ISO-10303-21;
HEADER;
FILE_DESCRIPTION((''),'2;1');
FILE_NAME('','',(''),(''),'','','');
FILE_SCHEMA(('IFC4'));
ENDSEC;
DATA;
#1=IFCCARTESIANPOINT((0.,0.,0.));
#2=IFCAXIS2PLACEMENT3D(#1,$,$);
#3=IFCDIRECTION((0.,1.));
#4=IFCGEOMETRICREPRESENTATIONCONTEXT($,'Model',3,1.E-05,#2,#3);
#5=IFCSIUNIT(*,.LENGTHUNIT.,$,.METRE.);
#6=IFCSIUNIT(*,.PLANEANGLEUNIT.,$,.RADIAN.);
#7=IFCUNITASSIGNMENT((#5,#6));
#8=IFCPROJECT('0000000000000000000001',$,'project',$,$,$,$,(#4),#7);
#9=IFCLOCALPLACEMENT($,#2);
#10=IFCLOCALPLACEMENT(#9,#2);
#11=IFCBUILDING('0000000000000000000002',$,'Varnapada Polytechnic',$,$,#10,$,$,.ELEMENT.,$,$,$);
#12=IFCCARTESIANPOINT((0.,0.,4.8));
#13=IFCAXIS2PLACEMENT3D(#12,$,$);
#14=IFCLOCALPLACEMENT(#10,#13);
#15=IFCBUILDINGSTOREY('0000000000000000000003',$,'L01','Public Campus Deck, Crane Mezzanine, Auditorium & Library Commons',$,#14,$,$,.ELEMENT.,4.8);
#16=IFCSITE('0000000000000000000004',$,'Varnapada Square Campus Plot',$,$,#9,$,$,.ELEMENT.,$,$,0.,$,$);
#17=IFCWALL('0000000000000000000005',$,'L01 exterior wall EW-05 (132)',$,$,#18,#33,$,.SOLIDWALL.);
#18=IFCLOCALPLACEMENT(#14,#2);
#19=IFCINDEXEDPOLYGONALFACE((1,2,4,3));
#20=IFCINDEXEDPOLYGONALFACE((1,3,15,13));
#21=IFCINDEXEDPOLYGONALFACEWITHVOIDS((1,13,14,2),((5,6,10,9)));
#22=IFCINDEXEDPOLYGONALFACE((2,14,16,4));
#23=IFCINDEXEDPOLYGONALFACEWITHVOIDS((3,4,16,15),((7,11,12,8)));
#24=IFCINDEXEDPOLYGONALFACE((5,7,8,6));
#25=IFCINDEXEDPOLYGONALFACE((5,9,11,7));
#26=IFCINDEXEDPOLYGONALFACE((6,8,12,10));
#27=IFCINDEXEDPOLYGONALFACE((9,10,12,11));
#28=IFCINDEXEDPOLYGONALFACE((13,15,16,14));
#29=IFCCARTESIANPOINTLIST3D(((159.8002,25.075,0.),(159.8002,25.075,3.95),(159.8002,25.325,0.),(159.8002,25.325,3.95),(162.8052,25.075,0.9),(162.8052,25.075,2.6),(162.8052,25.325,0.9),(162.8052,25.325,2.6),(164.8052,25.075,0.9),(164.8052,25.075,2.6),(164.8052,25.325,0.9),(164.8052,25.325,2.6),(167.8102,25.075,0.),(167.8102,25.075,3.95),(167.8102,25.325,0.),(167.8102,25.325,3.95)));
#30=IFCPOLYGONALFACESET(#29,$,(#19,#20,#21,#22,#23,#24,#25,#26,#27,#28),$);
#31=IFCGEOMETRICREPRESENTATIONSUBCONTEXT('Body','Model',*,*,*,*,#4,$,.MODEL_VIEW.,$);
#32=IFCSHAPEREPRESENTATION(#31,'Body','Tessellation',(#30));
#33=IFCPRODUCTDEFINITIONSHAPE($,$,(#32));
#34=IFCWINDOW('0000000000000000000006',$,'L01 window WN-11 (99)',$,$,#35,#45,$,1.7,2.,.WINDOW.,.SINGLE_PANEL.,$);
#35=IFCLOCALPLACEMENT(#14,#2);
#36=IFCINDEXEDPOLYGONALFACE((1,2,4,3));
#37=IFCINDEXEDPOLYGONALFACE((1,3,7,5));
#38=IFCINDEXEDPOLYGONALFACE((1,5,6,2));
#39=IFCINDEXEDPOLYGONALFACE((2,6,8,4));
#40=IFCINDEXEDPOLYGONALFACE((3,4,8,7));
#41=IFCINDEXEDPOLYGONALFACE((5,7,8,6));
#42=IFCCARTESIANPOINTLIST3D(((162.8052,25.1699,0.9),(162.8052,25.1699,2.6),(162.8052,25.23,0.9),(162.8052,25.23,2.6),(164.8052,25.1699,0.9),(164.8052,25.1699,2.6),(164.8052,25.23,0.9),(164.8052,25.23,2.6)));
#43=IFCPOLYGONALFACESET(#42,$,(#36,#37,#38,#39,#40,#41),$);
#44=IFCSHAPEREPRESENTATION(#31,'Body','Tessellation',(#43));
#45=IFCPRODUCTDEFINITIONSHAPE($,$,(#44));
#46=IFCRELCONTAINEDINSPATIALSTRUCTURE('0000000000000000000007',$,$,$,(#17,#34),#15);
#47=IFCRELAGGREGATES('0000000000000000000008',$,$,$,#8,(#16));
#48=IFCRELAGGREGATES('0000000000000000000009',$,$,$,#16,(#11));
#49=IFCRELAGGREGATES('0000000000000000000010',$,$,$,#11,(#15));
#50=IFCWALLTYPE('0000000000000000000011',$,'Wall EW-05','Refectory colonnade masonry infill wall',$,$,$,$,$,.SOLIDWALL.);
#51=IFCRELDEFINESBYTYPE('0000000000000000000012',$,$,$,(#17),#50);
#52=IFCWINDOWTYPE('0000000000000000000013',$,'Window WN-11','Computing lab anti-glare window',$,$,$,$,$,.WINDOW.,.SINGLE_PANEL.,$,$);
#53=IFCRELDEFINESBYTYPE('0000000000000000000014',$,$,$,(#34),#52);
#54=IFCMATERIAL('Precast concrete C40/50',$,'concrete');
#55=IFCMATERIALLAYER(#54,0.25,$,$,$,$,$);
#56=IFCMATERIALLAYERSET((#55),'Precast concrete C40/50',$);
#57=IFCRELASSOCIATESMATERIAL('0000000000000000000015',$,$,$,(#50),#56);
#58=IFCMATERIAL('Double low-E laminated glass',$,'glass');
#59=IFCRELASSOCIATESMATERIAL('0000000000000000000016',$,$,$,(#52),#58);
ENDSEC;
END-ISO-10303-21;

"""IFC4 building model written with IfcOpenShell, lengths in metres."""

from ifc_helpers import new_model, si_unit, direction, frame, frame_2d, origin, place, context, subcontext, project, spatial, rectangle, extrude, material, layer, layer_set, type_object, element, fill, save


model = new_model("IFC4")

# Units and contexts
model_context = context("Model", 3, precision=1e-05, world=origin(), true_north=direction((0.0, 1.0)))
body_context = subcontext(model_context, "Body", "Model", "MODEL_VIEW")
ifc_project = project(units=[si_unit("LENGTHUNIT", "METRE"), si_unit("PLANEANGLEUNIT", "RADIAN")], contexts=[model_context])

# Site, building, storey
site_placement = place(None, origin())
site = spatial("IfcSite", under=ifc_project, at=site_placement, Name="Varnapada Square Campus Plot", CompositionType="ELEMENT", RefElevation=0.0)
building_placement = place(site_placement, origin())
building = spatial("IfcBuilding", under=site, at=building_placement, Name="Varnapada Polytechnic", CompositionType="ELEMENT")
storey_placement = place(building_placement, frame((0.0, 0.0, 4.8)))
storey = spatial("IfcBuildingStorey", under=building, at=storey_placement, Name="L01", Description="Public Campus Deck, Crane Mezzanine, Auditorium & Library Commons", CompositionType="ELEMENT", Elevation=4.8)

# Wall, opening, window
ifc_material_1 = material(Name="Precast concrete C40/50", Category="concrete")
ifc_layer_1 = layer(ifc_material_1, 0.25)
ifc_layer_set_1 = layer_set([ifc_layer_1], Name="Precast concrete C40/50")
wall_type = type_object("IfcWallType", Name="Wall EW-05", Description="Refectory colonnade masonry infill wall", PredefinedType="SOLIDWALL", material=ifc_layer_set_1)
wall_placement = place(storey_placement, frame((167.8101, 25.2, 0.0), z_axis=(0.0, 0.0, 1.0), x_axis=(-1.0, 0.0, 0.0)))
wall = element("IfcWall", 1, at=wall_placement, inside=storey, type_object=wall_type, Name="L01 exterior wall EW-05 (132)", PredefinedType="SOLIDWALL", context=body_context, shape_type="SweptSolid", body=[
    extrude(rectangle(XDim=8.01, YDim=0.25, at=frame_2d((4.0049, 0.0))), origin(), (0.0, 0.0, 1.0), 3.95),
])
opening_1_placement = place(wall_placement, frame((3.0049, 0.0, 0.8999)))
opening_1 = element("IfcOpeningElement", 2, at=opening_1_placement, cuts=wall, PredefinedType="OPENING", context=body_context, shape_type="SweptSolid", body=[
    extrude(rectangle(XDim=2.0, YDim=1.7, at=frame_2d((1.0, 0.8501))), frame((0.0, 0.135, 0.0), z_axis=(0.0, -1.0, 0.0), x_axis=(1.0, 0.0, 0.0)), (0.0, 0.0, 1.0), 0.27),
])
ifc_material_2 = material(Name="Double low-E laminated glass", Category="glass")
window_type = type_object("IfcWindowType", Name="Window WN-11", Description="Computing lab anti-glare window", PartitioningType="SINGLE_PANEL", PredefinedType="WINDOW", material=ifc_material_2)
window_placement = place(opening_1_placement, origin())
window = element("IfcWindow", 3, at=window_placement, inside=storey, type_object=window_type, Name="L01 window WN-11 (99)", OverallHeight=1.7, OverallWidth=2.0, PartitioningType="SINGLE_PANEL", PredefinedType="WINDOW", context=body_context, shape_type="SweptSolid", body=[
    extrude(rectangle(XDim=2.0, YDim=1.7, at=frame_2d((1.0, 0.8501))), frame((0.0, 0.03, 0.0), z_axis=(0.0, -1.0, 0.0), x_axis=(1.0, 0.0, 0.0)), (0.0, 0.0, 1.0), 0.0601),
])
fill(opening_1, window)

save(model, "model.ifc")
